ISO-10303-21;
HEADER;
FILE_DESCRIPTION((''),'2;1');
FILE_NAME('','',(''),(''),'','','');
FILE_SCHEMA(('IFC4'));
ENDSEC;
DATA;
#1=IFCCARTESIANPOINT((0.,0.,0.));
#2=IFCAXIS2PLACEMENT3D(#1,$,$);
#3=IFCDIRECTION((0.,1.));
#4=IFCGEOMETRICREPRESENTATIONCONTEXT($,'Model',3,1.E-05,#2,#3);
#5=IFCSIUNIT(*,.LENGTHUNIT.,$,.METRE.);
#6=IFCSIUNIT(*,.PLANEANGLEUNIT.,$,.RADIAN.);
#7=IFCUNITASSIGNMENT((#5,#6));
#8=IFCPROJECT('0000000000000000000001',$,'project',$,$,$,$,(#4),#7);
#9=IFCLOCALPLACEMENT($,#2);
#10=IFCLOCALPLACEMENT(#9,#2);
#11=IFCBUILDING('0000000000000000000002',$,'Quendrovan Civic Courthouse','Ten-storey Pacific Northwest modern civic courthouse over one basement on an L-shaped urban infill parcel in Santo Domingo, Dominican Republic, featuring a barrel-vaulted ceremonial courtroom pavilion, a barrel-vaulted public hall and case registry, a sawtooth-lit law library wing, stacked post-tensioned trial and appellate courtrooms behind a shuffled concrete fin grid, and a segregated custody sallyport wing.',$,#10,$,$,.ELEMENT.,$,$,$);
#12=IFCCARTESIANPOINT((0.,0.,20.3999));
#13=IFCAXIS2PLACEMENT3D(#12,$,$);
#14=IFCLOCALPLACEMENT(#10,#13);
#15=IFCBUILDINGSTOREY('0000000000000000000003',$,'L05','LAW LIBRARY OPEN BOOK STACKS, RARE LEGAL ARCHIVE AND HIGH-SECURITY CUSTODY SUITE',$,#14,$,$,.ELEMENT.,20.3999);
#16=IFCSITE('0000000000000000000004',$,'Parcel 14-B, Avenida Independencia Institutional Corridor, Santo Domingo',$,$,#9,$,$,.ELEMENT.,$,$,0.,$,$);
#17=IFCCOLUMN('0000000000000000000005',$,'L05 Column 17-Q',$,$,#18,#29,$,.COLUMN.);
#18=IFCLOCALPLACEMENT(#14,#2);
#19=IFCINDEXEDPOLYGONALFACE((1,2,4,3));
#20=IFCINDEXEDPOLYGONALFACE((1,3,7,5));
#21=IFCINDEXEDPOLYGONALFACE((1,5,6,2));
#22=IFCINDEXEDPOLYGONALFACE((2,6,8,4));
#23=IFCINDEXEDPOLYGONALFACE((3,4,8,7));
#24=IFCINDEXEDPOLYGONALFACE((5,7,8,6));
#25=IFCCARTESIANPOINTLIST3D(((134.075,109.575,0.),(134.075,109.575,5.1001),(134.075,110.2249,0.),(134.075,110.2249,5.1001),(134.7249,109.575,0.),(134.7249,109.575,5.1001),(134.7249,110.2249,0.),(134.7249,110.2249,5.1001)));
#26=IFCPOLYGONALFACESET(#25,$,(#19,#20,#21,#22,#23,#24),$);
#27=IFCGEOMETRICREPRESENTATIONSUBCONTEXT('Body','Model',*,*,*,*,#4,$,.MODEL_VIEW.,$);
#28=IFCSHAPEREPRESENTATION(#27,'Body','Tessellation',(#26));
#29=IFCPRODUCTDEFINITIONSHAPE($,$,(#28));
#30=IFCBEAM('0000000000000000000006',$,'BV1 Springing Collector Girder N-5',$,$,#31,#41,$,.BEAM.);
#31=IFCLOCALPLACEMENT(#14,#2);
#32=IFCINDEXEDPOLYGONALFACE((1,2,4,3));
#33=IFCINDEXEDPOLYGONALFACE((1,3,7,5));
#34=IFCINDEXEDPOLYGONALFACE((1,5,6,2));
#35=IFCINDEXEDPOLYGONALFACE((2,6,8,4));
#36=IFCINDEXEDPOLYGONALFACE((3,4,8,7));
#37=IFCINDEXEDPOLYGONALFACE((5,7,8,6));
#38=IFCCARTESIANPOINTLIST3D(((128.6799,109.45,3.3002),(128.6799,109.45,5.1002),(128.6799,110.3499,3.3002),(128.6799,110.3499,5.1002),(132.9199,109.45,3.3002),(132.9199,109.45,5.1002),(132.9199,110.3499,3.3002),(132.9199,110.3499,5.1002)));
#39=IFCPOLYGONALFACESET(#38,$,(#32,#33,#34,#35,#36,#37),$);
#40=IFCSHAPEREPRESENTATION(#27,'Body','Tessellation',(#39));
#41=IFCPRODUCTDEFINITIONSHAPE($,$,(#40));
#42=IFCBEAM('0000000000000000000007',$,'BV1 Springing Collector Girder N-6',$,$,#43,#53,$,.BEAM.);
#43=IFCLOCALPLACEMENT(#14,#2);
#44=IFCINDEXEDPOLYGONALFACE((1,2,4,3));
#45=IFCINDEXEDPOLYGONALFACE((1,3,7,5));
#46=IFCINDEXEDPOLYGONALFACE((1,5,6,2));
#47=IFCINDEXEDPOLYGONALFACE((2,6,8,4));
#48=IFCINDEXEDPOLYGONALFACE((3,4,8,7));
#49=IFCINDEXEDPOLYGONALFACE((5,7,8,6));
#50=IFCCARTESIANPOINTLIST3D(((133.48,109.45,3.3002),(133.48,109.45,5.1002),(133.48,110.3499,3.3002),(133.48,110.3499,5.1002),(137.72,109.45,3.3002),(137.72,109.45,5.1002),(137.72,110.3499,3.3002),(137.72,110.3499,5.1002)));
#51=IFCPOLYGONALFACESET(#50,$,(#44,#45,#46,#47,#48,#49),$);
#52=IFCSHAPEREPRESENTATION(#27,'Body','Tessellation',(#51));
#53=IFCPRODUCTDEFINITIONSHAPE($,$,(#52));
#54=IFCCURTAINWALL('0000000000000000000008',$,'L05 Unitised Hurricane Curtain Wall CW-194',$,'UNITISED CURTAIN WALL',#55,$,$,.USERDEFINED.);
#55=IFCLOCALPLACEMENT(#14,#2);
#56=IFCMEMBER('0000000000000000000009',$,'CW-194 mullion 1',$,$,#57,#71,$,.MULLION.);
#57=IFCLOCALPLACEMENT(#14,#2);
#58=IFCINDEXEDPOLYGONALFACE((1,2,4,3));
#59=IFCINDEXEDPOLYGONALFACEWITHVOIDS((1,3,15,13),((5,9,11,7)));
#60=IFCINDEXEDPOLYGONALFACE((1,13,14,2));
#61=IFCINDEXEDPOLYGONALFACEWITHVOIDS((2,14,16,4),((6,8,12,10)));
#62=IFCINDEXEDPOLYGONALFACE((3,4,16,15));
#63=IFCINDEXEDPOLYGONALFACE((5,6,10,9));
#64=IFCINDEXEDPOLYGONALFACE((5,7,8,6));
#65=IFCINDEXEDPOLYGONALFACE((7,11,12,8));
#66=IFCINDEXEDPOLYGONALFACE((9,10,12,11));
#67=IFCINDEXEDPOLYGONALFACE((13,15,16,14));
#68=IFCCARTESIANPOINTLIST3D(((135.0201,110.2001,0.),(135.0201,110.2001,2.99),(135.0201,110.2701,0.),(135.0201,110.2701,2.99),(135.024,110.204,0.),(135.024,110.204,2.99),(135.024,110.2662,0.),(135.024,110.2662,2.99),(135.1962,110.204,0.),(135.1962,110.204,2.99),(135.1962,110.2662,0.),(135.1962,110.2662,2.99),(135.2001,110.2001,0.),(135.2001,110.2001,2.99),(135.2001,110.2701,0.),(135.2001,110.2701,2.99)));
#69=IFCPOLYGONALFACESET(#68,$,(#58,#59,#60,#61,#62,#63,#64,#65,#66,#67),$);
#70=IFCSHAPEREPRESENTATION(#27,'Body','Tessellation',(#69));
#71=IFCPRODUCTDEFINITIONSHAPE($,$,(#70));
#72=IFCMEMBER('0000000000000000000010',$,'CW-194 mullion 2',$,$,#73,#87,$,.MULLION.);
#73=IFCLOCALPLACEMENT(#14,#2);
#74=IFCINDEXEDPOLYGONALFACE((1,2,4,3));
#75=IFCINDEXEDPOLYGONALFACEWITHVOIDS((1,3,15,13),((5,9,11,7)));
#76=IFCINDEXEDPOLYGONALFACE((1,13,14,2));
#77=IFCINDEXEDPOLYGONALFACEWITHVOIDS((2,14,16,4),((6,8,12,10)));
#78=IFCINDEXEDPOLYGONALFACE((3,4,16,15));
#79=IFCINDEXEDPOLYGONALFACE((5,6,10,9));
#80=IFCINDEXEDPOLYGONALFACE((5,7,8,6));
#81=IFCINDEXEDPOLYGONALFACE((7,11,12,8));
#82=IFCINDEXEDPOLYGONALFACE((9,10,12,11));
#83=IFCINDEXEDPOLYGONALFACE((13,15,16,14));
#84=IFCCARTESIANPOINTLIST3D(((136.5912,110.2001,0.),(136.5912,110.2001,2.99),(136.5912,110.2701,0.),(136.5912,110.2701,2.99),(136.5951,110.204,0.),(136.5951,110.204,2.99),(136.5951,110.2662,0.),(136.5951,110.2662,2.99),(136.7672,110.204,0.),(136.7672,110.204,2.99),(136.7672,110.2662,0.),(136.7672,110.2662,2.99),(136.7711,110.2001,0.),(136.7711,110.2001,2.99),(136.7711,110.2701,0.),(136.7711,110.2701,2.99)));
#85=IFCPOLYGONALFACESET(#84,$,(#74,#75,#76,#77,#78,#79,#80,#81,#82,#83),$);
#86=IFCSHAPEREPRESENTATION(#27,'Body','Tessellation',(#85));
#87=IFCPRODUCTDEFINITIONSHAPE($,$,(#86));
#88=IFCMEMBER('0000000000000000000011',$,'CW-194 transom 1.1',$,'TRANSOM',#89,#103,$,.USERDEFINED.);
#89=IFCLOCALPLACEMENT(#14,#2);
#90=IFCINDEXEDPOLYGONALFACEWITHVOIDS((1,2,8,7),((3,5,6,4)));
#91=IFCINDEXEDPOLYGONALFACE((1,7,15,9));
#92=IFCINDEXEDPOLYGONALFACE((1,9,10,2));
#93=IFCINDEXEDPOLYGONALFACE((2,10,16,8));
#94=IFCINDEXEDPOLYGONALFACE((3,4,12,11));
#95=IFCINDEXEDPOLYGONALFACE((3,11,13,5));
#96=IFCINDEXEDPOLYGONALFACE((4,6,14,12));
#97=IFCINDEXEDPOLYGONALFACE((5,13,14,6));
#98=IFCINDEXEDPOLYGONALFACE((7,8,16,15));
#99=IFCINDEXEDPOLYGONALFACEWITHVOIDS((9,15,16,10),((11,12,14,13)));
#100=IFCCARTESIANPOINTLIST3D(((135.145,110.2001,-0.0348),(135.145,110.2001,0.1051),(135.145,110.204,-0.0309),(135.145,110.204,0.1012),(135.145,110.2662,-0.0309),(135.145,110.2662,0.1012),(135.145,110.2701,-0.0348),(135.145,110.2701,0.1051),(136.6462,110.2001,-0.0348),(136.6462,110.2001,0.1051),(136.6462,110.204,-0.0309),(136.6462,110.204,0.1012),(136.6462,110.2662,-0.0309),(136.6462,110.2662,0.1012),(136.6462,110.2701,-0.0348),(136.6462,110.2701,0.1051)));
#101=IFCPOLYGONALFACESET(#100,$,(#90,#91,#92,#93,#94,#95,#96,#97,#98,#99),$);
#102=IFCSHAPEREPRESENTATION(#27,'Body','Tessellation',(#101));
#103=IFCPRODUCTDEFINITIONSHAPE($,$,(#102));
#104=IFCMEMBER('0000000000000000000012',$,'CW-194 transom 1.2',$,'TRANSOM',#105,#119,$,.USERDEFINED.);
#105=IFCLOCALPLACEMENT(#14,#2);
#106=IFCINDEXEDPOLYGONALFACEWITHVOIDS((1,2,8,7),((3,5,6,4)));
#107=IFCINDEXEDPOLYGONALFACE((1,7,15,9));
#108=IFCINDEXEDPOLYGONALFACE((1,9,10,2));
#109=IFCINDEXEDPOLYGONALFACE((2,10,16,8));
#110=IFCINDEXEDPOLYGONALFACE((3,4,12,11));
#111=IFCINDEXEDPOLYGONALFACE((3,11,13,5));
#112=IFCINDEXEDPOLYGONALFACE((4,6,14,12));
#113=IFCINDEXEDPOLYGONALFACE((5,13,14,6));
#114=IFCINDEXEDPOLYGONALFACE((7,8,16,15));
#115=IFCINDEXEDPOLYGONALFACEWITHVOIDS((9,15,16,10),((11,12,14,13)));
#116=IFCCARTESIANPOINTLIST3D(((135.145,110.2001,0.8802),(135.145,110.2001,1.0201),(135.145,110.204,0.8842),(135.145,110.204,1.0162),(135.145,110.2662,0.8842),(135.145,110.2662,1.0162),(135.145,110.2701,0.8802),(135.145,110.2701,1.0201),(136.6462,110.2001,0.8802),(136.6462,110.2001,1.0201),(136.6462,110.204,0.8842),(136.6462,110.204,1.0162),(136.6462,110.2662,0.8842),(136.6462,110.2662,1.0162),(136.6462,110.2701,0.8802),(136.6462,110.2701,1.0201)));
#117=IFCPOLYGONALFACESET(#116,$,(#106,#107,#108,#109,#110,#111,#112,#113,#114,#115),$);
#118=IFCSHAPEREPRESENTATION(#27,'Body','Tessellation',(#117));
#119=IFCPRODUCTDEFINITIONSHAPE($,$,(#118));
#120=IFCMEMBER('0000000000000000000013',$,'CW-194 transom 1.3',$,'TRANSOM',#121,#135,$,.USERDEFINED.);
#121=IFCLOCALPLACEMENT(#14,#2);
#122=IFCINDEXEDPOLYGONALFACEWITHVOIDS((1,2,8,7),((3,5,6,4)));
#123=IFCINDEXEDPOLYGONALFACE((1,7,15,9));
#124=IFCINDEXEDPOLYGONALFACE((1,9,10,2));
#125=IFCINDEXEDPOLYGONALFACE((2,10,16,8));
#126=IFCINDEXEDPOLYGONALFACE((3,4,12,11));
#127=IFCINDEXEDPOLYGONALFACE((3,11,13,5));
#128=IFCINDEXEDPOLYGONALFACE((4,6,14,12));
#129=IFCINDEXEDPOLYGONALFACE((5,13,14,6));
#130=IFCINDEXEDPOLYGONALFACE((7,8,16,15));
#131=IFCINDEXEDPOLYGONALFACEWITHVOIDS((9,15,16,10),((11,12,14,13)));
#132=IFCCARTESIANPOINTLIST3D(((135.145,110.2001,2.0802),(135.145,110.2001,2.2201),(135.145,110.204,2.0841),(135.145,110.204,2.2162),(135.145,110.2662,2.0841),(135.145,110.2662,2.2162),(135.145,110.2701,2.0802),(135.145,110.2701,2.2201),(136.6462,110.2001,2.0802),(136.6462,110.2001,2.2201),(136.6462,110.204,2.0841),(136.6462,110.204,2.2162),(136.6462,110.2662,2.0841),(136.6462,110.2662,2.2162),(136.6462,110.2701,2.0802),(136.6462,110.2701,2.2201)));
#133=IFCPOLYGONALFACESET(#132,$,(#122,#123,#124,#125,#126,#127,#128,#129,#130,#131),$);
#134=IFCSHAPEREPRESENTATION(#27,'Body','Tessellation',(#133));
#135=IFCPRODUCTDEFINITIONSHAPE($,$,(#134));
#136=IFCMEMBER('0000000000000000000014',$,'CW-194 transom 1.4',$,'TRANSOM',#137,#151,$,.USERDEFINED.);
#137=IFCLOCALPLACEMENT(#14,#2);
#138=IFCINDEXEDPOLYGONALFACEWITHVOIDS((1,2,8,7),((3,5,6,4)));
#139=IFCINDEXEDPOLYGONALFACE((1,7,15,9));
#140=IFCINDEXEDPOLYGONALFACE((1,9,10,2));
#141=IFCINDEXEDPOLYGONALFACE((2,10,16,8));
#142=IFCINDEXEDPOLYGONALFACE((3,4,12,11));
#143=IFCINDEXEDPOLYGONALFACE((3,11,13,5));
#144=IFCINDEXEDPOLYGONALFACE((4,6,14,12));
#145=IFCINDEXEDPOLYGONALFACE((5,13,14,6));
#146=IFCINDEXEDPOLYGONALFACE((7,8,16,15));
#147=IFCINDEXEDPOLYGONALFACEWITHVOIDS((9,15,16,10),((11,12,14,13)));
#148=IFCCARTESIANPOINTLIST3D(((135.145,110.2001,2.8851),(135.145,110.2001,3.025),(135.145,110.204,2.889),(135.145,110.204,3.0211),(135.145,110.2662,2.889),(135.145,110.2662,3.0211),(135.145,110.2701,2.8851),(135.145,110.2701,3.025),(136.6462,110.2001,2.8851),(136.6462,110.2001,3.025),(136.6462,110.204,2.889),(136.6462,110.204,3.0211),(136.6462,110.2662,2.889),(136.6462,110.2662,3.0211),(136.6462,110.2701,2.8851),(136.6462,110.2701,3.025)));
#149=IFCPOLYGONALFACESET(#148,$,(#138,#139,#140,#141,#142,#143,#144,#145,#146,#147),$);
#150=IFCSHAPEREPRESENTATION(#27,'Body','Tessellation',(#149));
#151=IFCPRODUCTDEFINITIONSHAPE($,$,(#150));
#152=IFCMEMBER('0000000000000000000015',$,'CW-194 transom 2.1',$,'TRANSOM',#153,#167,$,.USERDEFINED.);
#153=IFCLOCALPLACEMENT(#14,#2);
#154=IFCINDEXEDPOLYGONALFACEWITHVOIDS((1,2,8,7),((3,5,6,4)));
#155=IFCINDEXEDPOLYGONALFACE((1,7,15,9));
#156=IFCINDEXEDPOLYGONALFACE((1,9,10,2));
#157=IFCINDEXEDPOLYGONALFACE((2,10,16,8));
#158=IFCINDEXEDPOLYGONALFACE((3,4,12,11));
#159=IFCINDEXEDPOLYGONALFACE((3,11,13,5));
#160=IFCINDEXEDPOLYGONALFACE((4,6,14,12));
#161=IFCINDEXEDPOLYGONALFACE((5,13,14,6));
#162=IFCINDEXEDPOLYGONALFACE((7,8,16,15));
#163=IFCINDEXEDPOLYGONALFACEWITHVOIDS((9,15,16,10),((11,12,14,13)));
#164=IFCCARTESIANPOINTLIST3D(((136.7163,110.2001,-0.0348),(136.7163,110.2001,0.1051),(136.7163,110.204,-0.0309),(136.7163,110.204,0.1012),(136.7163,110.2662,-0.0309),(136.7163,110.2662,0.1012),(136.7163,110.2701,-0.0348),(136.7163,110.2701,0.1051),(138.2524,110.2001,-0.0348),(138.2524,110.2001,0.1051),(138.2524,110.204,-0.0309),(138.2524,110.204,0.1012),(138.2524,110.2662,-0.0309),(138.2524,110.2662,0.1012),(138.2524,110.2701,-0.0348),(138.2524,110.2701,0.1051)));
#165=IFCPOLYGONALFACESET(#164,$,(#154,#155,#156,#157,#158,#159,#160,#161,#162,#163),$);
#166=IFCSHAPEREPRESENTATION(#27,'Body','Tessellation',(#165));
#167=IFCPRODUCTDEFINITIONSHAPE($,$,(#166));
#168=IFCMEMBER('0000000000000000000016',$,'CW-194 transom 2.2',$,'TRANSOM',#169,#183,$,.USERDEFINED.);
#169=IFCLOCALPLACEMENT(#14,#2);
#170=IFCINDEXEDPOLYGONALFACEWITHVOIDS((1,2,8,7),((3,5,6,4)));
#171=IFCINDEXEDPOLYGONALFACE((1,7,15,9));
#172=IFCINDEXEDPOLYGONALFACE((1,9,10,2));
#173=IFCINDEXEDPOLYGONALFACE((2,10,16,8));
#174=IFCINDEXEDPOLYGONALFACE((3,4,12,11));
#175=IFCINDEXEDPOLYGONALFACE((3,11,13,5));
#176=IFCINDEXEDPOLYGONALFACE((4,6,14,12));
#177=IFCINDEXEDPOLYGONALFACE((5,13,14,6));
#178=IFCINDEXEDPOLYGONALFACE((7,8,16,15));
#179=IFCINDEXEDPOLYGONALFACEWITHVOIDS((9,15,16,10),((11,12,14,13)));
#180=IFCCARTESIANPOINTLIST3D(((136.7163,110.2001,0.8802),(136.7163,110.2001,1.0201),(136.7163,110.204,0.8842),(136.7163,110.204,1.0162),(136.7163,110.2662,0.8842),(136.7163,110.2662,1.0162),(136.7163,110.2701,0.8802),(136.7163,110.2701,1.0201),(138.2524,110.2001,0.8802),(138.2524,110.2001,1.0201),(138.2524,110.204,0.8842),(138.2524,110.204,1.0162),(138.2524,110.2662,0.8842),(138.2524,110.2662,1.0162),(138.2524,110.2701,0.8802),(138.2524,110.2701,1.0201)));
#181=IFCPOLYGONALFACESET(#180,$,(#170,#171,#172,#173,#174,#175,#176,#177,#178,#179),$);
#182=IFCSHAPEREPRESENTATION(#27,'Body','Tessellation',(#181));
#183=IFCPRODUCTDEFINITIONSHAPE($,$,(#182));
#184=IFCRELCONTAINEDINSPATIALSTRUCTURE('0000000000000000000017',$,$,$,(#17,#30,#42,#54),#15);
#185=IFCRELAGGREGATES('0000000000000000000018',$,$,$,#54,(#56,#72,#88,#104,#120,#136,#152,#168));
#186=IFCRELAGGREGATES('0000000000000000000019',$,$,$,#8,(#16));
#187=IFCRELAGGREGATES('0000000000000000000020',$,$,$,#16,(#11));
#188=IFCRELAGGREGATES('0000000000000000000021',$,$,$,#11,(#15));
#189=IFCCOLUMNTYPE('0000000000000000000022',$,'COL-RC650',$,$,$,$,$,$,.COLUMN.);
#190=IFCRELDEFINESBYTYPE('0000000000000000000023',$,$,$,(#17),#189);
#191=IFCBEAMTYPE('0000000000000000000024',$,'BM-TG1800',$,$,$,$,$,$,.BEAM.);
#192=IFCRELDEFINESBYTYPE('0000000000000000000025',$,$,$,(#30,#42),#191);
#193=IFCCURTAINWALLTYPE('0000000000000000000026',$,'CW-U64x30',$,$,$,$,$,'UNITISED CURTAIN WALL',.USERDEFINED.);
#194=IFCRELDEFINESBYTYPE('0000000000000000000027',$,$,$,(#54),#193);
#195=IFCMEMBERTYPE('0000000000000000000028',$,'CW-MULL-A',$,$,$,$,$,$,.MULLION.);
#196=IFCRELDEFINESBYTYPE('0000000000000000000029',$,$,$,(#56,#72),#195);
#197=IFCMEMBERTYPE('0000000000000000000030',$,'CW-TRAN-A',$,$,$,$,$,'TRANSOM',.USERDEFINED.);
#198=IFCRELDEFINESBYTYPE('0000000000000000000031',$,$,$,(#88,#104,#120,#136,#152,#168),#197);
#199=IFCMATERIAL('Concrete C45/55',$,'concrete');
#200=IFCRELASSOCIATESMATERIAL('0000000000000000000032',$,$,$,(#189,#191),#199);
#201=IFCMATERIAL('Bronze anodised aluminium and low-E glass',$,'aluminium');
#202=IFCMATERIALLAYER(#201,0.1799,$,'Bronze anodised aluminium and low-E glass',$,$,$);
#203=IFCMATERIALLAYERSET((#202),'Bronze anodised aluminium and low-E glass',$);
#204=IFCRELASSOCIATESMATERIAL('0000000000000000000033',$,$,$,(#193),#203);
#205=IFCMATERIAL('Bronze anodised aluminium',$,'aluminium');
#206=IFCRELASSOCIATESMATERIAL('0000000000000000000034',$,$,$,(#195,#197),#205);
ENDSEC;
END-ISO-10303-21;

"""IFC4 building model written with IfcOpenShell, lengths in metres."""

from ifc_helpers import new_model, si_unit, direction, frame, origin, origin_2d, place, context, subcontext, project, spatial, rectangle, hollow_rectangle, extrude, material, layer, layer_set, material_profile, profile_set, type_object, element, aggregate, save


model = new_model("IFC4")

# Units and contexts
model_context = context("Model", 3, precision=1e-05, world=origin(), true_north=direction((0.0, 1.0)))
body_context = subcontext(model_context, "Body", "Model", "MODEL_VIEW")
ifc_project = project(units=[si_unit("LENGTHUNIT", "METRE"), si_unit("PLANEANGLEUNIT", "RADIAN")], contexts=[model_context])

# Site, building, storey
site_placement = place(None, origin())
site = spatial("IfcSite", under=ifc_project, at=site_placement, Name="Parcel 14-B, Avenida Independencia Institutional Corridor, Santo Domingo", CompositionType="ELEMENT", RefElevation=0.0)
building_placement = place(site_placement, origin())
building = spatial("IfcBuilding", under=site, at=building_placement, Name="Quendrovan Civic Courthouse", Description="Ten-storey Pacific Northwest modern civic courthouse over one basement on an L-shaped urban infill parcel in Santo Domingo, Dominican Republic, featuring a barrel-vaulted ceremonial courtroom pavilion, a barrel-vaulted public hall and case registry, a sawtooth-lit law library wing, stacked post-tensioned trial and appellate courtrooms behind a shuffled concrete fin grid, and a segregated custody sallyport wing.", CompositionType="ELEMENT")
storey_placement = place(building_placement, frame((0.0, 0.0, 20.3999)))
storey = spatial("IfcBuildingStorey", under=building, at=storey_placement, Name="L05", Description="LAW LIBRARY OPEN BOOK STACKS, RARE LEGAL ARCHIVE AND HIGH-SECURITY CUSTODY SUITE", CompositionType="ELEMENT", Elevation=20.3999)

# Column
ifc_material_1 = material(Name="Concrete C45/55", Category="concrete")
ifc_material_profile_1 = material_profile(ifc_material_1, rectangle(XDim=0.6499, YDim=0.6499, at=origin_2d()), Name="RC-COL-650x650")
ifc_profile_set_1 = profile_set([ifc_material_profile_1], Name="Concrete C45/55")
column_type = type_object("IfcColumnType", Name="COL-RC650", PredefinedType="COLUMN", material=ifc_profile_set_1)
column_placement = place(storey_placement, frame((134.3999, 109.8999, 0.0), z_axis=(0.0, 0.0, 1.0), x_axis=(1.0, 0.0, 0.0)))
element("IfcColumn", 1, at=column_placement, inside=storey, type_object=column_type, Name="L05 Column 17-Q", PredefinedType="COLUMN", context=body_context, shape_type="SweptSolid", body=[
    extrude(rectangle(XDim=0.6499, YDim=0.6499, at=origin_2d()), origin(), (0.0, 0.0, 1.0), 5.1001),
])

# Beams
ifc_material_profile_2 = material_profile(ifc_material_1, rectangle(XDim=0.8999, YDim=1.8, at=origin_2d()), Name="RC-TG-900x1800")
ifc_profile_set_2 = profile_set([ifc_material_profile_2], Name="Concrete C45/55")
beam_type = type_object("IfcBeamType", Name="BM-TG1800", PredefinedType="BEAM", material=ifc_profile_set_2)
for number, where, z_axis, x_axis, name in (
    (2, (128.6799, 109.8999, 4.2002), (1.0, 0.0, 0.0), (0.0, 1.0, 0.0), "BV1 Springing Collector Girder N-5"),
    (3, (133.48, 109.8999, 4.2002), (1.0, 0.0, 0.0), (0.0, 1.0, 0.0), "BV1 Springing Collector Girder N-6"),
):
    element("IfcBeam", number, at=place(storey_placement, frame(where, z_axis=z_axis, x_axis=x_axis)), inside=storey, type_object=beam_type, Name=name, PredefinedType="BEAM", context=body_context, shape_type="SweptSolid", body=[
        extrude(rectangle(XDim=0.8999, YDim=1.8, at=origin_2d()), origin(), (0.0, 0.0, 1.0), 4.24),
    ])

# Curtain wall, members
ifc_material_2 = material(Name="Bronze anodised aluminium and low-E glass", Category="aluminium")
ifc_layer_1 = layer(ifc_material_2, 0.1799, Name="Bronze anodised aluminium and low-E glass")
ifc_layer_set_1 = layer_set([ifc_layer_1], Name="Bronze anodised aluminium and low-E glass")
curtain_wall_type = type_object("IfcCurtainWallType", Name="CW-U64x30", ElementType="UNITISED CURTAIN WALL", PredefinedType="USERDEFINED", material=ifc_layer_set_1)
curtain_wall_placement = place(storey_placement, origin())
curtain_wall = element("IfcCurtainWall", 4, at=curtain_wall_placement, inside=storey, type_object=curtain_wall_type, Name="L05 Unitised Hurricane Curtain Wall CW-194", ObjectType="UNITISED CURTAIN WALL", PredefinedType="USERDEFINED")
ifc_material_3 = material(Name="Bronze anodised aluminium", Category="aluminium")
ifc_material_profile_3 = material_profile(ifc_material_3, hollow_rectangle(XDim=0.0701, YDim=0.1799, WallThickness=0.0039, at=origin_2d()), Name="CW-MULL-70x180")
ifc_profile_set_3 = profile_set([ifc_material_profile_3], Name="Bronze anodised aluminium")
member_type_1 = type_object("IfcMemberType", Name="CW-MULL-A", PredefinedType="MULLION", material=ifc_profile_set_3)
member_1_placement = place(storey_placement, frame((135.1101, 110.2351, 0.0), z_axis=(0.0, 0.0, 1.0), x_axis=(0.0, 1.0, 0.0)))
member_1 = element("IfcMember", 5, at=member_1_placement, type_object=member_type_1, Name="CW-194 mullion 1", PredefinedType="MULLION", context=body_context, shape_type="SweptSolid", body=[
    extrude(hollow_rectangle(XDim=0.0701, YDim=0.1799, WallThickness=0.0039, at=origin_2d()), origin(), (0.0, 0.0, 1.0), 2.99),
])
member_2_placement = place(storey_placement, frame((136.6812, 110.2351, 0.0), z_axis=(0.0, 0.0, 1.0), x_axis=(0.0, 1.0, 0.0)))
member_2 = element("IfcMember", 6, at=member_2_placement, type_object=member_type_1, Name="CW-194 mullion 2", PredefinedType="MULLION", context=body_context, shape_type="SweptSolid", body=[
    extrude(hollow_rectangle(XDim=0.0701, YDim=0.1799, WallThickness=0.0039, at=origin_2d()), origin(), (0.0, 0.0, 1.0), 2.99),
])
ifc_material_profile_4 = material_profile(ifc_material_3, hollow_rectangle(XDim=0.0701, YDim=0.1399, WallThickness=0.0039, at=origin_2d()), Name="CW-TRAN-70x140")
ifc_profile_set_4 = profile_set([ifc_material_profile_4], Name="Bronze anodised aluminium")
member_type_2 = type_object("IfcMemberType", Name="CW-TRAN-A", ElementType="TRANSOM", PredefinedType="USERDEFINED", material=ifc_profile_set_4)
member_3_placement = place(storey_placement, frame((135.145, 110.2351, 0.0352), z_axis=(1.0, 0.0, 0.0), x_axis=(0.0, 1.0, 0.0)))
member_3 = element("IfcMember", 7, at=member_3_placement, type_object=member_type_2, Name="CW-194 transom 1.1", ObjectType="TRANSOM", PredefinedType="USERDEFINED", context=body_context, shape_type="SweptSolid", body=[
    extrude(hollow_rectangle(XDim=0.0701, YDim=0.1399, WallThickness=0.0039, at=origin_2d()), origin(), (0.0, 0.0, 1.0), 1.5012),
])
member_4_placement = place(storey_placement, frame((135.145, 110.2351, 0.9502), z_axis=(1.0, 0.0, 0.0), x_axis=(0.0, 1.0, 0.0)))
member_4 = element("IfcMember", 8, at=member_4_placement, type_object=member_type_2, Name="CW-194 transom 1.2", ObjectType="TRANSOM", PredefinedType="USERDEFINED", context=body_context, shape_type="SweptSolid", body=[
    extrude(hollow_rectangle(XDim=0.0701, YDim=0.1399, WallThickness=0.0039, at=origin_2d()), origin(), (0.0, 0.0, 1.0), 1.5012),
])
member_5_placement = place(storey_placement, frame((135.145, 110.2351, 2.1501), z_axis=(1.0, 0.0, 0.0), x_axis=(0.0, 1.0, 0.0)))
member_5 = element("IfcMember", 9, at=member_5_placement, type_object=member_type_2, Name="CW-194 transom 1.3", ObjectType="TRANSOM", PredefinedType="USERDEFINED", context=body_context, shape_type="SweptSolid", body=[
    extrude(hollow_rectangle(XDim=0.0701, YDim=0.1399, WallThickness=0.0039, at=origin_2d()), origin(), (0.0, 0.0, 1.0), 1.5012),
])
member_6_placement = place(storey_placement, frame((135.145, 110.2351, 2.9551), z_axis=(1.0, 0.0, 0.0), x_axis=(0.0, 1.0, 0.0)))
member_6 = element("IfcMember", 10, at=member_6_placement, type_object=member_type_2, Name="CW-194 transom 1.4", ObjectType="TRANSOM", PredefinedType="USERDEFINED", context=body_context, shape_type="SweptSolid", body=[
    extrude(hollow_rectangle(XDim=0.0701, YDim=0.1399, WallThickness=0.0039, at=origin_2d()), origin(), (0.0, 0.0, 1.0), 1.5012),
])
member_7_placement = place(storey_placement, frame((136.7163, 110.2351, 0.0352), z_axis=(1.0, 0.0, 0.0), x_axis=(0.0, 1.0, 0.0)))
member_7 = element("IfcMember", 11, at=member_7_placement, type_object=member_type_2, Name="CW-194 transom 2.1", ObjectType="TRANSOM", PredefinedType="USERDEFINED", context=body_context, shape_type="SweptSolid", body=[
    extrude(hollow_rectangle(XDim=0.0701, YDim=0.1399, WallThickness=0.0039, at=origin_2d()), origin(), (0.0, 0.0, 1.0), 1.5361),
])
member_8_placement = place(storey_placement, frame((136.7163, 110.2351, 0.9502), z_axis=(1.0, 0.0, 0.0), x_axis=(0.0, 1.0, 0.0)))
member_8 = element("IfcMember", 12, at=member_8_placement, type_object=member_type_2, Name="CW-194 transom 2.2", ObjectType="TRANSOM", PredefinedType="USERDEFINED", context=body_context, shape_type="SweptSolid", body=[
    extrude(hollow_rectangle(XDim=0.0701, YDim=0.1399, WallThickness=0.0039, at=origin_2d()), origin(), (0.0, 0.0, 1.0), 1.5361),
])
aggregate(curtain_wall, [member_1, member_2, member_3, member_4, member_5, member_6, member_7, member_8])

save(model, "model.ifc")
